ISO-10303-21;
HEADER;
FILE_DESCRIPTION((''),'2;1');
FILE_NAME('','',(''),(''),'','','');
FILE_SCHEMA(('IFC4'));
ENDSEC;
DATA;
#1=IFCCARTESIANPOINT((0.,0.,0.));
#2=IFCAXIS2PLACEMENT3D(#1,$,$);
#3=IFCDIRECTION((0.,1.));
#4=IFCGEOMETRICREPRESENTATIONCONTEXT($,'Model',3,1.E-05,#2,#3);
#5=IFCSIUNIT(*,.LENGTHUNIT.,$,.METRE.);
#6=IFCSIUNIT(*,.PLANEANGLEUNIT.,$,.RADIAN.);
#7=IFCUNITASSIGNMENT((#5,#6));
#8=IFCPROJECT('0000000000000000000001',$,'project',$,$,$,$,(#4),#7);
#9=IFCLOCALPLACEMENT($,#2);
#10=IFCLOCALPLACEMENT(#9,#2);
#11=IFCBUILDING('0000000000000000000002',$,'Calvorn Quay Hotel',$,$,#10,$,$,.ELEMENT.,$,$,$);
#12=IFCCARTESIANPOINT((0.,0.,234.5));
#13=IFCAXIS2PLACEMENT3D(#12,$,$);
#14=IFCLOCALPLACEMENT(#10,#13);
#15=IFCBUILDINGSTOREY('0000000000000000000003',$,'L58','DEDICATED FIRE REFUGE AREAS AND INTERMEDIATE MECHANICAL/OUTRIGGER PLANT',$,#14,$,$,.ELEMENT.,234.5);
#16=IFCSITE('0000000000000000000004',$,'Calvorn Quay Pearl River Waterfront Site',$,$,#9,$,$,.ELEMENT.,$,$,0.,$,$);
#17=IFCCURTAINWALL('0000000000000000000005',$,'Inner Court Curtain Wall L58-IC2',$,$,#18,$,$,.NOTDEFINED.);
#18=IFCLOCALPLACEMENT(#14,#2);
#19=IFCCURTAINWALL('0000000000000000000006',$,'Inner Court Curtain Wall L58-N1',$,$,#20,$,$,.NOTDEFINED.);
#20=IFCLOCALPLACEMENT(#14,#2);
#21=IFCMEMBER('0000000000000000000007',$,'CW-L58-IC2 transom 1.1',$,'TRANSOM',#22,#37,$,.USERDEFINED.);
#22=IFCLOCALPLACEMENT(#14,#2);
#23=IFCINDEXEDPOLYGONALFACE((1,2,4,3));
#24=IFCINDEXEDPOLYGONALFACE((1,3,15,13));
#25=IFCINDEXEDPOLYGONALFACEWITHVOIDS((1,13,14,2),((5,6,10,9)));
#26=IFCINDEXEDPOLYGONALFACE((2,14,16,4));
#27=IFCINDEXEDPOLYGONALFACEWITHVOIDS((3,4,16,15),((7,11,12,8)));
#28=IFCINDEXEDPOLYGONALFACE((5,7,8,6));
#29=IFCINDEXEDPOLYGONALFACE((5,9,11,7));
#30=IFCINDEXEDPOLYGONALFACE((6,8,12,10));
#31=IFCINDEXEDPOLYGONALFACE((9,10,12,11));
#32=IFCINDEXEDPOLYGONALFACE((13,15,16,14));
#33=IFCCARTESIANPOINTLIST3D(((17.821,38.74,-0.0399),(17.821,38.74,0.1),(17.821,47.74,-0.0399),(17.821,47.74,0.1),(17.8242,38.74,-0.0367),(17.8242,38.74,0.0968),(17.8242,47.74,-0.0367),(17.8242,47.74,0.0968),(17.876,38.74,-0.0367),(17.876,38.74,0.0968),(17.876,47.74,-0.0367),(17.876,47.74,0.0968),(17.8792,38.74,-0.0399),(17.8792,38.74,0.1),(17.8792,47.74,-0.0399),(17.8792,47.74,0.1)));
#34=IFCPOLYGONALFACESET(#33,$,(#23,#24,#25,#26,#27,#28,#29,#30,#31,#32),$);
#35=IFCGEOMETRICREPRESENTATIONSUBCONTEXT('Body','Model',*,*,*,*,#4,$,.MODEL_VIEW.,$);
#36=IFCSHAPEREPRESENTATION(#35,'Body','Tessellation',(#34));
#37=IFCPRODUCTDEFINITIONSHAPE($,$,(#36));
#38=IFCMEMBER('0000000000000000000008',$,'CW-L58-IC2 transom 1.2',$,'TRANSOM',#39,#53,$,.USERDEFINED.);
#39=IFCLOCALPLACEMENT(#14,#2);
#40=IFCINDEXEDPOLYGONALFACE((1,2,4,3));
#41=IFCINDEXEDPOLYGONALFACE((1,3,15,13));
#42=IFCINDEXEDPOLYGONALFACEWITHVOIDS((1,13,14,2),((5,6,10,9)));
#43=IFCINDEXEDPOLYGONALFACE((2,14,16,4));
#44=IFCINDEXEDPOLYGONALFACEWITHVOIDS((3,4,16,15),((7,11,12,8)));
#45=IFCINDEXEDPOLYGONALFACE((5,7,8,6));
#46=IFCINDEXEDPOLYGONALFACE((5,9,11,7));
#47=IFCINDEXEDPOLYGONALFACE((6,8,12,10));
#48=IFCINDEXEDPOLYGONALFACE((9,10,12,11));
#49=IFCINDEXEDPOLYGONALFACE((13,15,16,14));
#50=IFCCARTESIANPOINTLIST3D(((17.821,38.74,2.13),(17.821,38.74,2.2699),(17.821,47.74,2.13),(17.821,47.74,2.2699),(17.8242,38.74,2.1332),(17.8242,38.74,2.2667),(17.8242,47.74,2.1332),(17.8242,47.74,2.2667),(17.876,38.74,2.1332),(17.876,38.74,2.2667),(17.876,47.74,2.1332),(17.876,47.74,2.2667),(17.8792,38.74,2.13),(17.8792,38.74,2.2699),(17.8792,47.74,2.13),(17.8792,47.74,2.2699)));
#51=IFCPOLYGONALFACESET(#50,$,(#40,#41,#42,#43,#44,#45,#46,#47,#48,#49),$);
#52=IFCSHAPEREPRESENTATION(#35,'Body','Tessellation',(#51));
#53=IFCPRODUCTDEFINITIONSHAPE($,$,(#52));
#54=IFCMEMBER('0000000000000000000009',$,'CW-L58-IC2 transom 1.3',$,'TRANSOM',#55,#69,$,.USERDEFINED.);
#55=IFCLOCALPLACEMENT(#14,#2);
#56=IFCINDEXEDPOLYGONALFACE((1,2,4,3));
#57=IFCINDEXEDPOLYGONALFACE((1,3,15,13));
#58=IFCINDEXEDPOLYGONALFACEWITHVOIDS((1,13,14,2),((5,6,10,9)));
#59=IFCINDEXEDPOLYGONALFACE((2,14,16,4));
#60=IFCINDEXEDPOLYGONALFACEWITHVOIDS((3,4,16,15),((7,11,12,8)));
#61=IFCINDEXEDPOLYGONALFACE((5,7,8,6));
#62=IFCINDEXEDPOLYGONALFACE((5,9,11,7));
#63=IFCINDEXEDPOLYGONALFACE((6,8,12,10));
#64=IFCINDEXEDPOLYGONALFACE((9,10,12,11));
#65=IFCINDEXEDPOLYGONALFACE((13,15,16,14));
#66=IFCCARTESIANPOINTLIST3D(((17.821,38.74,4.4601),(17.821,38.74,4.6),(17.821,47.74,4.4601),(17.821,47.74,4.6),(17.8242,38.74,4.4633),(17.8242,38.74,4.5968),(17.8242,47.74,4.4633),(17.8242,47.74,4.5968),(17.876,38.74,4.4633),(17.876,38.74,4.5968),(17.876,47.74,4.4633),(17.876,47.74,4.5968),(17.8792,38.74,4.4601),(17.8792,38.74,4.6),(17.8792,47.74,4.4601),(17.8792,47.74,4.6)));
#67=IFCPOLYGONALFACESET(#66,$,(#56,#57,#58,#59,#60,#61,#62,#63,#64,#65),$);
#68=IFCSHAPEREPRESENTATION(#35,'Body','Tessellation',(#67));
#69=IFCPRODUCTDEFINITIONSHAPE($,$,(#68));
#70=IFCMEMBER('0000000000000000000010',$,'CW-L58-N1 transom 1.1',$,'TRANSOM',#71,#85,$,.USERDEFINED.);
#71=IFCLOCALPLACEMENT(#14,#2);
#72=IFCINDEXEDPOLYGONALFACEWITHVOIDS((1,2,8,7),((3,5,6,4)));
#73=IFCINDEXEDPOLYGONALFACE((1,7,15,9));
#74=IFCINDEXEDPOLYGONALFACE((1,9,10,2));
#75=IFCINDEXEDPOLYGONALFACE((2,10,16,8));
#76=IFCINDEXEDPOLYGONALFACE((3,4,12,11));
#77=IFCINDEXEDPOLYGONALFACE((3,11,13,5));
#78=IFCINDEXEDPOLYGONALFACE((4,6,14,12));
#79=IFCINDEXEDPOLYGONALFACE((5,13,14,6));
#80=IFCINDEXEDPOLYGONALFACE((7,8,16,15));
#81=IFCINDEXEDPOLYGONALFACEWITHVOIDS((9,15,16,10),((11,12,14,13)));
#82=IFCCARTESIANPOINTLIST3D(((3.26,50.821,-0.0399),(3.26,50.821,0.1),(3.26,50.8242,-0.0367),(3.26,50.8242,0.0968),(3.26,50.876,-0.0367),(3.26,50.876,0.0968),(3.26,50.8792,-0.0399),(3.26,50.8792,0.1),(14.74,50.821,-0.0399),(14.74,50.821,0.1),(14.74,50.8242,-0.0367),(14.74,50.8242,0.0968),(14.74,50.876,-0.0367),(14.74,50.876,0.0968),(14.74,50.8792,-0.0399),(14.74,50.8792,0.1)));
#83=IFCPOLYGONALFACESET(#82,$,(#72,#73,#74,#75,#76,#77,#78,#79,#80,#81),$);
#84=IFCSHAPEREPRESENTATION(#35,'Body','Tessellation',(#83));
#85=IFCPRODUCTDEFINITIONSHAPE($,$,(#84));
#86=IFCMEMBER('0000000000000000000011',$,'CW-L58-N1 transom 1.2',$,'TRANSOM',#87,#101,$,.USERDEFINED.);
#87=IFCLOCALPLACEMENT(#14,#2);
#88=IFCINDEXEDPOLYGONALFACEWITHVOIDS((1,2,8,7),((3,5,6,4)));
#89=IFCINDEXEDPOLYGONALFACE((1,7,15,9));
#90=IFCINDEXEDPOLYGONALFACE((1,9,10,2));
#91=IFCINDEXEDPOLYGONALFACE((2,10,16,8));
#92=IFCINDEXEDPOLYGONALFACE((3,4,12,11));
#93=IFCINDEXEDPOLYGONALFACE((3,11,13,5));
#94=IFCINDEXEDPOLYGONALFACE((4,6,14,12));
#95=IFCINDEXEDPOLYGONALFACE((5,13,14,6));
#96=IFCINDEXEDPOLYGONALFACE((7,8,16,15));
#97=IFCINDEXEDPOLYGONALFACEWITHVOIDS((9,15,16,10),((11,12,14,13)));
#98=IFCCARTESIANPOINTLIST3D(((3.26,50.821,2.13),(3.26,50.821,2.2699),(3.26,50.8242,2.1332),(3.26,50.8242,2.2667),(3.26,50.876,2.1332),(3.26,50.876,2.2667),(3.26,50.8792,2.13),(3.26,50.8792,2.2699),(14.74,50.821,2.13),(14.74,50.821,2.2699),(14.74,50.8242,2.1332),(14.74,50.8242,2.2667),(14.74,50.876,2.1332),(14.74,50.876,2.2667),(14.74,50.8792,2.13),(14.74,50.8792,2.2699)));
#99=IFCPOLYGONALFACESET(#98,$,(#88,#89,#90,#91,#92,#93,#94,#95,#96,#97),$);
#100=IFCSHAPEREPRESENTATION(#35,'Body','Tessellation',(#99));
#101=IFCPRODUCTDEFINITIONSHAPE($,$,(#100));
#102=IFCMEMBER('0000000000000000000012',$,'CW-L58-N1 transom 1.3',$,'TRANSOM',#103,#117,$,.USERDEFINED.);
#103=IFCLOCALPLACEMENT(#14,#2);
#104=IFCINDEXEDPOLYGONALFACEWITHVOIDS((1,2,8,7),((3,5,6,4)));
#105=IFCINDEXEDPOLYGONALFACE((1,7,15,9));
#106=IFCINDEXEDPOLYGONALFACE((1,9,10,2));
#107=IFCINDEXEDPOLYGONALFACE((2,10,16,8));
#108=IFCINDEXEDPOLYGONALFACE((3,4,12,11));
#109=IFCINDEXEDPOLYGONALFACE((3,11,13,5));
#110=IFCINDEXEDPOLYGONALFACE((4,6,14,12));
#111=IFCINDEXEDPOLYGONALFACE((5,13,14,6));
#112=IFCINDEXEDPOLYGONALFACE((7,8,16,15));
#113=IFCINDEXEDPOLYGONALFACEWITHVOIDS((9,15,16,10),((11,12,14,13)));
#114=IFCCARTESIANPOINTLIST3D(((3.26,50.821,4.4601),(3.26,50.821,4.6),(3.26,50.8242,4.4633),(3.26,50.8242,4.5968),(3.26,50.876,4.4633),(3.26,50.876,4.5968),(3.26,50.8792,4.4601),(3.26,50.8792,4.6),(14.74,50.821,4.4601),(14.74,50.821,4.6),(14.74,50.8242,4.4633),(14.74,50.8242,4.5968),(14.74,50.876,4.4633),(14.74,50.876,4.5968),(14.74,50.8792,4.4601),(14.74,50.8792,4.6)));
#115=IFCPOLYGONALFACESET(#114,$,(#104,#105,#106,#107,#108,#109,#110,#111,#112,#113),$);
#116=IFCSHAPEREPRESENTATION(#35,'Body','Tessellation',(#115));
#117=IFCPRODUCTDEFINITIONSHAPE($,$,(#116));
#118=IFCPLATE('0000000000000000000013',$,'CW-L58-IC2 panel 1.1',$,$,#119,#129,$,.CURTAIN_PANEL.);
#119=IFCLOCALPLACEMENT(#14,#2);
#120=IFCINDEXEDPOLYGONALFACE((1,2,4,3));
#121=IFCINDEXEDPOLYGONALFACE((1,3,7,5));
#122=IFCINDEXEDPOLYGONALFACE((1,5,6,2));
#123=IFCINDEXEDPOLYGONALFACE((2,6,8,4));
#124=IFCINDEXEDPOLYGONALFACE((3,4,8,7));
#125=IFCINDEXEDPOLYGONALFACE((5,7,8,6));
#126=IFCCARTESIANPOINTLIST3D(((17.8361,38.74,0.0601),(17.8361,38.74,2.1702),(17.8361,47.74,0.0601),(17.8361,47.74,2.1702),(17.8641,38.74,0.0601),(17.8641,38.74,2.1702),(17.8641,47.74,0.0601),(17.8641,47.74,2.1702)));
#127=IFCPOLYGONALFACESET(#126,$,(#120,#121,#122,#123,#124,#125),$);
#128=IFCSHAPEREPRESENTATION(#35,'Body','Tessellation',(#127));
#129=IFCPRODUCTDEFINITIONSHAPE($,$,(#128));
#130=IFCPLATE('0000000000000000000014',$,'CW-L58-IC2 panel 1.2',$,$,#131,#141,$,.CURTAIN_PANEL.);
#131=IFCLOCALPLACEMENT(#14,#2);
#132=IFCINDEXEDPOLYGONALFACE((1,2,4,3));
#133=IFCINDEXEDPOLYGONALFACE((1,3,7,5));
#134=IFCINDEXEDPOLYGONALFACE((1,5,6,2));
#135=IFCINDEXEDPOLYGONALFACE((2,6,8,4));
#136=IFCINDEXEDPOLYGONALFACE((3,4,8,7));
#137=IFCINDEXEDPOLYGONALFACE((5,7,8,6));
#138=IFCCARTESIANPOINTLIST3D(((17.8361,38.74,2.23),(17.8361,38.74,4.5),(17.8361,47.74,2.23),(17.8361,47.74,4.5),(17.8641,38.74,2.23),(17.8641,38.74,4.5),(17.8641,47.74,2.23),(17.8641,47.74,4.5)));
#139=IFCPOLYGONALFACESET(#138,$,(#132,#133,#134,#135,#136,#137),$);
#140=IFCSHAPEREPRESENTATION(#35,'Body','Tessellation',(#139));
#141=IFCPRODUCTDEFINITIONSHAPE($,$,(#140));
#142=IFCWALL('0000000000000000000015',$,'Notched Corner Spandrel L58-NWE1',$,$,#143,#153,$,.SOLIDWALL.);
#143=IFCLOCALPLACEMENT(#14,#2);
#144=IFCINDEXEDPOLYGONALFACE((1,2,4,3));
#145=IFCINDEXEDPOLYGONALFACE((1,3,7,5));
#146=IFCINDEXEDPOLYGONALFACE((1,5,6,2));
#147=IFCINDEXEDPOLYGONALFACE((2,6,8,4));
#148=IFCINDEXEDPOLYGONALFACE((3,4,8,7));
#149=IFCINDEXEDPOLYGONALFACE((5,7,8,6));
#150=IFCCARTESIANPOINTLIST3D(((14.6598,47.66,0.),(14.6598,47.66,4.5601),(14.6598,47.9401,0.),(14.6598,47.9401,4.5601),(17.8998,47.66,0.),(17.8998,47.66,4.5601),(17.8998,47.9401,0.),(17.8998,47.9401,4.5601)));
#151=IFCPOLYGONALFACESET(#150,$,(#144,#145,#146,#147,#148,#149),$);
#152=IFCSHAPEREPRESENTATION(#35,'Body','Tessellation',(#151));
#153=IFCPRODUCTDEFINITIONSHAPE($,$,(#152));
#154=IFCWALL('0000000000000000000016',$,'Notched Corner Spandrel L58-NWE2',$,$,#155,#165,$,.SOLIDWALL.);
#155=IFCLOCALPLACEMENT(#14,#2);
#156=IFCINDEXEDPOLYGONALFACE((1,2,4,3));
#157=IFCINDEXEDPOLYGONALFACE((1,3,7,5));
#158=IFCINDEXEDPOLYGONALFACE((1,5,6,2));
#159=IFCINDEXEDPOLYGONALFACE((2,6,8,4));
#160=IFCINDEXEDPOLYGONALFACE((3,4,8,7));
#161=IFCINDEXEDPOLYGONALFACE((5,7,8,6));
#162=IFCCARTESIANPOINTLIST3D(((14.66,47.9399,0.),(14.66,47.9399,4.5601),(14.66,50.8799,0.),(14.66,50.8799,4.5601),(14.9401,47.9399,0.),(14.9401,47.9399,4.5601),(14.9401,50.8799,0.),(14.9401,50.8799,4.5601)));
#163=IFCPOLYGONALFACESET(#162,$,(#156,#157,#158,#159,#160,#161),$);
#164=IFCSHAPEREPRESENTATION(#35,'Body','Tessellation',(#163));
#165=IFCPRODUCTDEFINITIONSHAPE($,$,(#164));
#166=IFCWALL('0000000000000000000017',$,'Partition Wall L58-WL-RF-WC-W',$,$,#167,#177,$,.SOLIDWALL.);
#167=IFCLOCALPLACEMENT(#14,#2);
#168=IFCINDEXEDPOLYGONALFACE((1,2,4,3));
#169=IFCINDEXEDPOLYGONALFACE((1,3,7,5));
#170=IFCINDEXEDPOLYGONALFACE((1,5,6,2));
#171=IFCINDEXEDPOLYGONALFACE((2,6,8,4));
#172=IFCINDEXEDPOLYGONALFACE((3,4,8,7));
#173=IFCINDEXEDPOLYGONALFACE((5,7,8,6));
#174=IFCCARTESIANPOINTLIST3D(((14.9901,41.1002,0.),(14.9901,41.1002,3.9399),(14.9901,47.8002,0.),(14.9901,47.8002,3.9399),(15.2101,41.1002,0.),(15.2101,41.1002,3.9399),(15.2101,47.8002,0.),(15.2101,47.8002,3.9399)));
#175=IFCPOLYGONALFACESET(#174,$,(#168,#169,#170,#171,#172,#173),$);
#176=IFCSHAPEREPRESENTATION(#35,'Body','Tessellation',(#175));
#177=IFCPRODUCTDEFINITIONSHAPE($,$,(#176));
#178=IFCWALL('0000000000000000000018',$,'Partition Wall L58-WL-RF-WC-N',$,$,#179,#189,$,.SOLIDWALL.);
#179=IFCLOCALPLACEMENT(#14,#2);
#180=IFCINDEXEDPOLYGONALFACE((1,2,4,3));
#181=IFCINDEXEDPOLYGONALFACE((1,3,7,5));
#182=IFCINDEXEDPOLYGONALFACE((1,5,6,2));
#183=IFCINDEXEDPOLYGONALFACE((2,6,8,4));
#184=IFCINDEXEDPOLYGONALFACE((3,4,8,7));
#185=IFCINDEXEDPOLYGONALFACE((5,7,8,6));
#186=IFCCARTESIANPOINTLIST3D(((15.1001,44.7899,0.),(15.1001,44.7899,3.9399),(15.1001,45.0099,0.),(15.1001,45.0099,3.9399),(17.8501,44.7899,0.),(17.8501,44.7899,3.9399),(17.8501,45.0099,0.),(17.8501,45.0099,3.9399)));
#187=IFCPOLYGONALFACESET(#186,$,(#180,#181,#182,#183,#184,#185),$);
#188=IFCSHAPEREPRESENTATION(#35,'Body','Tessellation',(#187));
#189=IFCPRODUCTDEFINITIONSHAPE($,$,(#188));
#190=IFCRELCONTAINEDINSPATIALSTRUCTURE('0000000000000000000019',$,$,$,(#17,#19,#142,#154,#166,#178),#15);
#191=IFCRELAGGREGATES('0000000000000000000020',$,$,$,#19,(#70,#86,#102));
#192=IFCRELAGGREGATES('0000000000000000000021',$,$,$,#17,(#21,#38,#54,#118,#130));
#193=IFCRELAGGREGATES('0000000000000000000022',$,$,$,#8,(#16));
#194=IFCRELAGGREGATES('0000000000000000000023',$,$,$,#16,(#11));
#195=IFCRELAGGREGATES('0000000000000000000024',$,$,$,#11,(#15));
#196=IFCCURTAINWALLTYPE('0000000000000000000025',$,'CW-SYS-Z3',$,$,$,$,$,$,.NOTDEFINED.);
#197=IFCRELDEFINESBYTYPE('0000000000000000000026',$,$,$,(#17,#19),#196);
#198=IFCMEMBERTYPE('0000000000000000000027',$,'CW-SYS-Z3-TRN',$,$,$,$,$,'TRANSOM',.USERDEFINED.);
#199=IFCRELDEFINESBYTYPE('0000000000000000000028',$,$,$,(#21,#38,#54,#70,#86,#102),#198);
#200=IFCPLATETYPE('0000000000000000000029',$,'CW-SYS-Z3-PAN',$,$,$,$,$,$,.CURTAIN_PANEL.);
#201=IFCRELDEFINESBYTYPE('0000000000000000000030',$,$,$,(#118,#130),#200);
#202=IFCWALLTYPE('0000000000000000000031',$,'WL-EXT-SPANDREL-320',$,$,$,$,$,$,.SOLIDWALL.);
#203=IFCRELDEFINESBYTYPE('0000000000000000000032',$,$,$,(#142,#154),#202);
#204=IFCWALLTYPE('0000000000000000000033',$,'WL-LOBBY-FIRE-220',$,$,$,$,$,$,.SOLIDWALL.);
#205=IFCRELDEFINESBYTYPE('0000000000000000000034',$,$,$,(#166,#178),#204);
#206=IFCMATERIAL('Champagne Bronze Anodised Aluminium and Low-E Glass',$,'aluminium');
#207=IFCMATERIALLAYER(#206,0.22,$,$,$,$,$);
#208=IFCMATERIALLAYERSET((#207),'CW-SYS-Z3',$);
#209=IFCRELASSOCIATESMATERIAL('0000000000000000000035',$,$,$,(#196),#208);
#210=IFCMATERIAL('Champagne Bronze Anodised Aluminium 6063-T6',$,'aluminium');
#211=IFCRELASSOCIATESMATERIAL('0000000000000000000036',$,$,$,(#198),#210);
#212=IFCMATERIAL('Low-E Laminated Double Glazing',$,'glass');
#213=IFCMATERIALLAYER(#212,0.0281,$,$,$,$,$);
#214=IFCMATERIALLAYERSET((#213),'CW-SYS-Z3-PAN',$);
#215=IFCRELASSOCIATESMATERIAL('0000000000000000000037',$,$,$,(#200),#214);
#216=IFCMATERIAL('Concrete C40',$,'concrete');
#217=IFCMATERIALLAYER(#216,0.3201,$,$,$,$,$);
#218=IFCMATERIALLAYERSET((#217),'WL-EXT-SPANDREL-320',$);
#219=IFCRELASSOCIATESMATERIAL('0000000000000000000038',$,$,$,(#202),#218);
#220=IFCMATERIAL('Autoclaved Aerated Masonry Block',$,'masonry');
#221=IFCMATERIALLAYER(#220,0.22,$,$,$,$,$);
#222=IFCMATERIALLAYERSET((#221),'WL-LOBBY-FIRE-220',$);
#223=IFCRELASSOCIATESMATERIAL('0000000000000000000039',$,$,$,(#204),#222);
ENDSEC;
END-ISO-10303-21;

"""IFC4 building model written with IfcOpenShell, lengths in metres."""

from ifc_helpers import new_model, si_unit, direction, frame, frame_2d, origin, origin_2d, place, context, subcontext, project, spatial, rectangle, hollow_rectangle, extrude, material, layer, layer_set, material_profile, profile_set, type_object, element, aggregate, save


model = new_model("IFC4")

# Units and contexts
model_context = context("Model", 3, precision=1e-05, world=origin(), true_north=direction((0.0, 1.0)))
body_context = subcontext(model_context, "Body", "Model", "MODEL_VIEW")
ifc_project = project(units=[si_unit("LENGTHUNIT", "METRE"), si_unit("PLANEANGLEUNIT", "RADIAN")], contexts=[model_context])

# Site, building, storey
site_placement = place(None, origin())
site = spatial("IfcSite", under=ifc_project, at=site_placement, Name="Calvorn Quay Pearl River Waterfront Site", CompositionType="ELEMENT", RefElevation=0.0)
building_placement = place(site_placement, origin())
building = spatial("IfcBuilding", under=site, at=building_placement, Name="Calvorn Quay Hotel", CompositionType="ELEMENT")
storey_placement = place(building_placement, frame((0.0, 0.0, 234.5)))
storey = spatial("IfcBuildingStorey", under=building, at=storey_placement, Name="L58", Description="DEDICATED FIRE REFUGE AREAS AND INTERMEDIATE MECHANICAL/OUTRIGGER PLANT", CompositionType="ELEMENT", Elevation=234.5)

# Shared definitions
ifc_material_1 = material(Name="Champagne Bronze Anodised Aluminium and Low-E Glass", Category="aluminium")
ifc_layer_1 = layer(ifc_material_1, 0.22)
ifc_layer_set_1 = layer_set([ifc_layer_1], Name="CW-SYS-Z3")
curtain_wall_type = type_object("IfcCurtainWallType", Name="CW-SYS-Z3", PredefinedType="NOTDEFINED", material=ifc_layer_set_1)

# Curtain wall
curtain_wall_1_placement = place(storey_placement, origin())
curtain_wall_1 = element("IfcCurtainWall", 1, at=curtain_wall_1_placement, inside=storey, type_object=curtain_wall_type, Name="Inner Court Curtain Wall L58-IC2", PredefinedType="NOTDEFINED")

# Curtain wall
curtain_wall_2_placement = place(storey_placement, origin())
curtain_wall_2 = element("IfcCurtainWall", 2, at=curtain_wall_2_placement, inside=storey, type_object=curtain_wall_type, Name="Inner Court Curtain Wall L58-N1", PredefinedType="NOTDEFINED")

# Members
ifc_material_2 = material(Name="Champagne Bronze Anodised Aluminium 6063-T6", Category="aluminium")
ifc_material_profile_1 = material_profile(ifc_material_2, hollow_rectangle(XDim=0.0581, YDim=0.1399, WallThickness=0.0032, at=origin_2d()), Name="ALU-T140x58x3.2")
ifc_profile_set_1 = profile_set([ifc_material_profile_1], Name="Champagne Bronze Anodised Aluminium 6063-T6")
member_type_1 = type_object("IfcMemberType", Name="CW-SYS-Z3-TRN", ElementType="TRANSOM", PredefinedType="USERDEFINED", material=ifc_profile_set_1)
member_1_placement = place(storey_placement, frame((17.8501, 38.74, 0.03), z_axis=(0.0, 1.0, 0.0), x_axis=(-1.0, 0.0, 0.0)))
member_1 = element("IfcMember", 3, at=member_1_placement, type_object=member_type_1, Name="CW-L58-IC2 transom 1.1", ObjectType="TRANSOM", PredefinedType="USERDEFINED", context=body_context, shape_type="SweptSolid", body=[
    extrude(hollow_rectangle(XDim=0.0581, YDim=0.1399, WallThickness=0.0032, at=origin_2d()), origin(), (0.0, 0.0, 1.0), 9.0),
])
member_2_placement = place(storey_placement, frame((17.8501, 38.74, 2.2), z_axis=(0.0, 1.0, 0.0), x_axis=(-1.0, 0.0, 0.0)))
member_2 = element("IfcMember", 4, at=member_2_placement, type_object=member_type_1, Name="CW-L58-IC2 transom 1.2", ObjectType="TRANSOM", PredefinedType="USERDEFINED", context=body_context, shape_type="SweptSolid", body=[
    extrude(hollow_rectangle(XDim=0.0581, YDim=0.1399, WallThickness=0.0032, at=origin_2d()), origin(), (0.0, 0.0, 1.0), 9.0),
])
member_3_placement = place(storey_placement, frame((17.8501, 38.74, 4.53), z_axis=(0.0, 1.0, 0.0), x_axis=(-1.0, 0.0, 0.0)))
member_3 = element("IfcMember", 5, at=member_3_placement, type_object=member_type_1, Name="CW-L58-IC2 transom 1.3", ObjectType="TRANSOM", PredefinedType="USERDEFINED", context=body_context, shape_type="SweptSolid", body=[
    extrude(hollow_rectangle(XDim=0.0581, YDim=0.1399, WallThickness=0.0032, at=origin_2d()), origin(), (0.0, 0.0, 1.0), 9.0),
])
member_4_placement = place(storey_placement, frame((14.74, 50.8501, 0.03), z_axis=(-1.0, 0.0, 0.0), x_axis=(0.0, -1.0, 0.0)))
member_4 = element("IfcMember", 6, at=member_4_placement, type_object=member_type_1, Name="CW-L58-N1 transom 1.1", ObjectType="TRANSOM", PredefinedType="USERDEFINED", context=body_context, shape_type="SweptSolid", body=[
    extrude(hollow_rectangle(XDim=0.0581, YDim=0.1399, WallThickness=0.0032, at=origin_2d()), origin(), (0.0, 0.0, 1.0), 11.48),
])
member_5_placement = place(storey_placement, frame((14.74, 50.8501, 2.2), z_axis=(-1.0, 0.0, 0.0), x_axis=(0.0, -1.0, 0.0)))
member_5 = element("IfcMember", 7, at=member_5_placement, type_object=member_type_1, Name="CW-L58-N1 transom 1.2", ObjectType="TRANSOM", PredefinedType="USERDEFINED", context=body_context, shape_type="SweptSolid", body=[
    extrude(hollow_rectangle(XDim=0.0581, YDim=0.1399, WallThickness=0.0032, at=origin_2d()), origin(), (0.0, 0.0, 1.0), 11.48),
])
member_6_placement = place(storey_placement, frame((14.74, 50.8501, 4.53), z_axis=(-1.0, 0.0, 0.0), x_axis=(0.0, -1.0, 0.0)))
member_6 = element("IfcMember", 8, at=member_6_placement, type_object=member_type_1, Name="CW-L58-N1 transom 1.3", ObjectType="TRANSOM", PredefinedType="USERDEFINED", context=body_context, shape_type="SweptSolid", body=[
    extrude(hollow_rectangle(XDim=0.0581, YDim=0.1399, WallThickness=0.0032, at=origin_2d()), origin(), (0.0, 0.0, 1.0), 11.48),
])
aggregate(curtain_wall_2, [member_4, member_5, member_6])

# Plates
ifc_material_3 = material(Name="Low-E Laminated Double Glazing", Category="glass")
ifc_layer_2 = layer(ifc_material_3, 0.0281)
ifc_layer_set_2 = layer_set([ifc_layer_2], Name="CW-SYS-Z3-PAN")
plate_type = type_object("IfcPlateType", Name="CW-SYS-Z3-PAN", PredefinedType="CURTAIN_PANEL", material=ifc_layer_set_2)
plate_1_placement = place(storey_placement, frame((17.8501, 43.24, 0.0601), z_axis=(0.0, 0.0, 1.0), x_axis=(0.0, 1.0, 0.0)))
plate_1 = element("IfcPlate", 9, at=plate_1_placement, type_object=plate_type, Name="CW-L58-IC2 panel 1.1", PredefinedType="CURTAIN_PANEL", context=body_context, shape_type="SweptSolid", body=[
    extrude(rectangle(XDim=9.0, YDim=0.0281, at=origin_2d()), origin(), (0.0, 0.0, 1.0), 2.1101),
])
plate_2_placement = place(storey_placement, frame((17.8501, 43.24, 2.23), z_axis=(0.0, 0.0, 1.0), x_axis=(0.0, 1.0, 0.0)))
plate_2 = element("IfcPlate", 10, at=plate_2_placement, type_object=plate_type, Name="CW-L58-IC2 panel 1.2", PredefinedType="CURTAIN_PANEL", context=body_context, shape_type="SweptSolid", body=[
    extrude(rectangle(XDim=9.0, YDim=0.0281, at=origin_2d()), origin(), (0.0, 0.0, 1.0), 2.27),
])
aggregate(curtain_wall_1, [member_1, member_2, member_3, plate_1, plate_2])

# Walls
ifc_material_4 = material(Name="Concrete C40", Category="concrete")
ifc_layer_3 = layer(ifc_material_4, 0.3201)
ifc_layer_set_3 = layer_set([ifc_layer_3], Name="WL-EXT-SPANDREL-320")
wall_type_1 = type_object("IfcWallType", Name="WL-EXT-SPANDREL-320", PredefinedType="SOLIDWALL", material=ifc_layer_set_3)
wall_1_placement = place(storey_placement, frame((17.8999, 47.8, 0.0), z_axis=(0.0, 0.0, 1.0), x_axis=(-1.0, 0.0, 0.0)))
element("IfcWall", 11, at=wall_1_placement, inside=storey, type_object=wall_type_1, Name="Notched Corner Spandrel L58-NWE1", PredefinedType="SOLIDWALL", context=body_context, shape_type="SweptSolid", body=[
    extrude(rectangle(XDim=3.24, YDim=0.28, at=frame_2d((1.6201, 0.0))), origin(), (0.0, 0.0, 1.0), 4.5601),
])
wall_2_placement = place(storey_placement, frame((14.8, 47.9399, 0.0), z_axis=(0.0, 0.0, 1.0), x_axis=(0.0, 1.0, 0.0)))
element("IfcWall", 12, at=wall_2_placement, inside=storey, type_object=wall_type_1, Name="Notched Corner Spandrel L58-NWE2", PredefinedType="SOLIDWALL", context=body_context, shape_type="SweptSolid", body=[
    extrude(rectangle(XDim=2.9399, YDim=0.28, at=frame_2d((1.47, 0.0))), origin(), (0.0, 0.0, 1.0), 4.5601),
])
ifc_material_5 = material(Name="Autoclaved Aerated Masonry Block", Category="masonry")
ifc_layer_4 = layer(ifc_material_5, 0.22)
ifc_layer_set_4 = layer_set([ifc_layer_4], Name="WL-LOBBY-FIRE-220")
wall_type_2 = type_object("IfcWallType", Name="WL-LOBBY-FIRE-220", PredefinedType="SOLIDWALL", material=ifc_layer_set_4)
wall_3_placement = place(storey_placement, frame((15.1001, 41.1001, 0.0), z_axis=(0.0, 0.0, 1.0), x_axis=(0.0, 1.0, 0.0)))
element("IfcWall", 13, at=wall_3_placement, inside=storey, type_object=wall_type_2, Name="Partition Wall L58-WL-RF-WC-W", PredefinedType="SOLIDWALL", context=body_context, shape_type="SweptSolid", body=[
    extrude(rectangle(XDim=6.7, YDim=0.22, at=frame_2d((3.3501, 0.0))), origin(), (0.0, 0.0, 1.0), 3.9399),
])
wall_4_placement = place(storey_placement, frame((15.1001, 44.8999, 0.0), z_axis=(0.0, 0.0, 1.0), x_axis=(1.0, 0.0, 0.0)))
element("IfcWall", 14, at=wall_4_placement, inside=storey, type_object=wall_type_2, Name="Partition Wall L58-WL-RF-WC-N", PredefinedType="SOLIDWALL", context=body_context, shape_type="SweptSolid", body=[
    extrude(rectangle(XDim=2.75, YDim=0.22, at=frame_2d((1.375, 0.0))), origin(), (0.0, 0.0, 1.0), 3.9399),
])

save(model, "model.ifc")
